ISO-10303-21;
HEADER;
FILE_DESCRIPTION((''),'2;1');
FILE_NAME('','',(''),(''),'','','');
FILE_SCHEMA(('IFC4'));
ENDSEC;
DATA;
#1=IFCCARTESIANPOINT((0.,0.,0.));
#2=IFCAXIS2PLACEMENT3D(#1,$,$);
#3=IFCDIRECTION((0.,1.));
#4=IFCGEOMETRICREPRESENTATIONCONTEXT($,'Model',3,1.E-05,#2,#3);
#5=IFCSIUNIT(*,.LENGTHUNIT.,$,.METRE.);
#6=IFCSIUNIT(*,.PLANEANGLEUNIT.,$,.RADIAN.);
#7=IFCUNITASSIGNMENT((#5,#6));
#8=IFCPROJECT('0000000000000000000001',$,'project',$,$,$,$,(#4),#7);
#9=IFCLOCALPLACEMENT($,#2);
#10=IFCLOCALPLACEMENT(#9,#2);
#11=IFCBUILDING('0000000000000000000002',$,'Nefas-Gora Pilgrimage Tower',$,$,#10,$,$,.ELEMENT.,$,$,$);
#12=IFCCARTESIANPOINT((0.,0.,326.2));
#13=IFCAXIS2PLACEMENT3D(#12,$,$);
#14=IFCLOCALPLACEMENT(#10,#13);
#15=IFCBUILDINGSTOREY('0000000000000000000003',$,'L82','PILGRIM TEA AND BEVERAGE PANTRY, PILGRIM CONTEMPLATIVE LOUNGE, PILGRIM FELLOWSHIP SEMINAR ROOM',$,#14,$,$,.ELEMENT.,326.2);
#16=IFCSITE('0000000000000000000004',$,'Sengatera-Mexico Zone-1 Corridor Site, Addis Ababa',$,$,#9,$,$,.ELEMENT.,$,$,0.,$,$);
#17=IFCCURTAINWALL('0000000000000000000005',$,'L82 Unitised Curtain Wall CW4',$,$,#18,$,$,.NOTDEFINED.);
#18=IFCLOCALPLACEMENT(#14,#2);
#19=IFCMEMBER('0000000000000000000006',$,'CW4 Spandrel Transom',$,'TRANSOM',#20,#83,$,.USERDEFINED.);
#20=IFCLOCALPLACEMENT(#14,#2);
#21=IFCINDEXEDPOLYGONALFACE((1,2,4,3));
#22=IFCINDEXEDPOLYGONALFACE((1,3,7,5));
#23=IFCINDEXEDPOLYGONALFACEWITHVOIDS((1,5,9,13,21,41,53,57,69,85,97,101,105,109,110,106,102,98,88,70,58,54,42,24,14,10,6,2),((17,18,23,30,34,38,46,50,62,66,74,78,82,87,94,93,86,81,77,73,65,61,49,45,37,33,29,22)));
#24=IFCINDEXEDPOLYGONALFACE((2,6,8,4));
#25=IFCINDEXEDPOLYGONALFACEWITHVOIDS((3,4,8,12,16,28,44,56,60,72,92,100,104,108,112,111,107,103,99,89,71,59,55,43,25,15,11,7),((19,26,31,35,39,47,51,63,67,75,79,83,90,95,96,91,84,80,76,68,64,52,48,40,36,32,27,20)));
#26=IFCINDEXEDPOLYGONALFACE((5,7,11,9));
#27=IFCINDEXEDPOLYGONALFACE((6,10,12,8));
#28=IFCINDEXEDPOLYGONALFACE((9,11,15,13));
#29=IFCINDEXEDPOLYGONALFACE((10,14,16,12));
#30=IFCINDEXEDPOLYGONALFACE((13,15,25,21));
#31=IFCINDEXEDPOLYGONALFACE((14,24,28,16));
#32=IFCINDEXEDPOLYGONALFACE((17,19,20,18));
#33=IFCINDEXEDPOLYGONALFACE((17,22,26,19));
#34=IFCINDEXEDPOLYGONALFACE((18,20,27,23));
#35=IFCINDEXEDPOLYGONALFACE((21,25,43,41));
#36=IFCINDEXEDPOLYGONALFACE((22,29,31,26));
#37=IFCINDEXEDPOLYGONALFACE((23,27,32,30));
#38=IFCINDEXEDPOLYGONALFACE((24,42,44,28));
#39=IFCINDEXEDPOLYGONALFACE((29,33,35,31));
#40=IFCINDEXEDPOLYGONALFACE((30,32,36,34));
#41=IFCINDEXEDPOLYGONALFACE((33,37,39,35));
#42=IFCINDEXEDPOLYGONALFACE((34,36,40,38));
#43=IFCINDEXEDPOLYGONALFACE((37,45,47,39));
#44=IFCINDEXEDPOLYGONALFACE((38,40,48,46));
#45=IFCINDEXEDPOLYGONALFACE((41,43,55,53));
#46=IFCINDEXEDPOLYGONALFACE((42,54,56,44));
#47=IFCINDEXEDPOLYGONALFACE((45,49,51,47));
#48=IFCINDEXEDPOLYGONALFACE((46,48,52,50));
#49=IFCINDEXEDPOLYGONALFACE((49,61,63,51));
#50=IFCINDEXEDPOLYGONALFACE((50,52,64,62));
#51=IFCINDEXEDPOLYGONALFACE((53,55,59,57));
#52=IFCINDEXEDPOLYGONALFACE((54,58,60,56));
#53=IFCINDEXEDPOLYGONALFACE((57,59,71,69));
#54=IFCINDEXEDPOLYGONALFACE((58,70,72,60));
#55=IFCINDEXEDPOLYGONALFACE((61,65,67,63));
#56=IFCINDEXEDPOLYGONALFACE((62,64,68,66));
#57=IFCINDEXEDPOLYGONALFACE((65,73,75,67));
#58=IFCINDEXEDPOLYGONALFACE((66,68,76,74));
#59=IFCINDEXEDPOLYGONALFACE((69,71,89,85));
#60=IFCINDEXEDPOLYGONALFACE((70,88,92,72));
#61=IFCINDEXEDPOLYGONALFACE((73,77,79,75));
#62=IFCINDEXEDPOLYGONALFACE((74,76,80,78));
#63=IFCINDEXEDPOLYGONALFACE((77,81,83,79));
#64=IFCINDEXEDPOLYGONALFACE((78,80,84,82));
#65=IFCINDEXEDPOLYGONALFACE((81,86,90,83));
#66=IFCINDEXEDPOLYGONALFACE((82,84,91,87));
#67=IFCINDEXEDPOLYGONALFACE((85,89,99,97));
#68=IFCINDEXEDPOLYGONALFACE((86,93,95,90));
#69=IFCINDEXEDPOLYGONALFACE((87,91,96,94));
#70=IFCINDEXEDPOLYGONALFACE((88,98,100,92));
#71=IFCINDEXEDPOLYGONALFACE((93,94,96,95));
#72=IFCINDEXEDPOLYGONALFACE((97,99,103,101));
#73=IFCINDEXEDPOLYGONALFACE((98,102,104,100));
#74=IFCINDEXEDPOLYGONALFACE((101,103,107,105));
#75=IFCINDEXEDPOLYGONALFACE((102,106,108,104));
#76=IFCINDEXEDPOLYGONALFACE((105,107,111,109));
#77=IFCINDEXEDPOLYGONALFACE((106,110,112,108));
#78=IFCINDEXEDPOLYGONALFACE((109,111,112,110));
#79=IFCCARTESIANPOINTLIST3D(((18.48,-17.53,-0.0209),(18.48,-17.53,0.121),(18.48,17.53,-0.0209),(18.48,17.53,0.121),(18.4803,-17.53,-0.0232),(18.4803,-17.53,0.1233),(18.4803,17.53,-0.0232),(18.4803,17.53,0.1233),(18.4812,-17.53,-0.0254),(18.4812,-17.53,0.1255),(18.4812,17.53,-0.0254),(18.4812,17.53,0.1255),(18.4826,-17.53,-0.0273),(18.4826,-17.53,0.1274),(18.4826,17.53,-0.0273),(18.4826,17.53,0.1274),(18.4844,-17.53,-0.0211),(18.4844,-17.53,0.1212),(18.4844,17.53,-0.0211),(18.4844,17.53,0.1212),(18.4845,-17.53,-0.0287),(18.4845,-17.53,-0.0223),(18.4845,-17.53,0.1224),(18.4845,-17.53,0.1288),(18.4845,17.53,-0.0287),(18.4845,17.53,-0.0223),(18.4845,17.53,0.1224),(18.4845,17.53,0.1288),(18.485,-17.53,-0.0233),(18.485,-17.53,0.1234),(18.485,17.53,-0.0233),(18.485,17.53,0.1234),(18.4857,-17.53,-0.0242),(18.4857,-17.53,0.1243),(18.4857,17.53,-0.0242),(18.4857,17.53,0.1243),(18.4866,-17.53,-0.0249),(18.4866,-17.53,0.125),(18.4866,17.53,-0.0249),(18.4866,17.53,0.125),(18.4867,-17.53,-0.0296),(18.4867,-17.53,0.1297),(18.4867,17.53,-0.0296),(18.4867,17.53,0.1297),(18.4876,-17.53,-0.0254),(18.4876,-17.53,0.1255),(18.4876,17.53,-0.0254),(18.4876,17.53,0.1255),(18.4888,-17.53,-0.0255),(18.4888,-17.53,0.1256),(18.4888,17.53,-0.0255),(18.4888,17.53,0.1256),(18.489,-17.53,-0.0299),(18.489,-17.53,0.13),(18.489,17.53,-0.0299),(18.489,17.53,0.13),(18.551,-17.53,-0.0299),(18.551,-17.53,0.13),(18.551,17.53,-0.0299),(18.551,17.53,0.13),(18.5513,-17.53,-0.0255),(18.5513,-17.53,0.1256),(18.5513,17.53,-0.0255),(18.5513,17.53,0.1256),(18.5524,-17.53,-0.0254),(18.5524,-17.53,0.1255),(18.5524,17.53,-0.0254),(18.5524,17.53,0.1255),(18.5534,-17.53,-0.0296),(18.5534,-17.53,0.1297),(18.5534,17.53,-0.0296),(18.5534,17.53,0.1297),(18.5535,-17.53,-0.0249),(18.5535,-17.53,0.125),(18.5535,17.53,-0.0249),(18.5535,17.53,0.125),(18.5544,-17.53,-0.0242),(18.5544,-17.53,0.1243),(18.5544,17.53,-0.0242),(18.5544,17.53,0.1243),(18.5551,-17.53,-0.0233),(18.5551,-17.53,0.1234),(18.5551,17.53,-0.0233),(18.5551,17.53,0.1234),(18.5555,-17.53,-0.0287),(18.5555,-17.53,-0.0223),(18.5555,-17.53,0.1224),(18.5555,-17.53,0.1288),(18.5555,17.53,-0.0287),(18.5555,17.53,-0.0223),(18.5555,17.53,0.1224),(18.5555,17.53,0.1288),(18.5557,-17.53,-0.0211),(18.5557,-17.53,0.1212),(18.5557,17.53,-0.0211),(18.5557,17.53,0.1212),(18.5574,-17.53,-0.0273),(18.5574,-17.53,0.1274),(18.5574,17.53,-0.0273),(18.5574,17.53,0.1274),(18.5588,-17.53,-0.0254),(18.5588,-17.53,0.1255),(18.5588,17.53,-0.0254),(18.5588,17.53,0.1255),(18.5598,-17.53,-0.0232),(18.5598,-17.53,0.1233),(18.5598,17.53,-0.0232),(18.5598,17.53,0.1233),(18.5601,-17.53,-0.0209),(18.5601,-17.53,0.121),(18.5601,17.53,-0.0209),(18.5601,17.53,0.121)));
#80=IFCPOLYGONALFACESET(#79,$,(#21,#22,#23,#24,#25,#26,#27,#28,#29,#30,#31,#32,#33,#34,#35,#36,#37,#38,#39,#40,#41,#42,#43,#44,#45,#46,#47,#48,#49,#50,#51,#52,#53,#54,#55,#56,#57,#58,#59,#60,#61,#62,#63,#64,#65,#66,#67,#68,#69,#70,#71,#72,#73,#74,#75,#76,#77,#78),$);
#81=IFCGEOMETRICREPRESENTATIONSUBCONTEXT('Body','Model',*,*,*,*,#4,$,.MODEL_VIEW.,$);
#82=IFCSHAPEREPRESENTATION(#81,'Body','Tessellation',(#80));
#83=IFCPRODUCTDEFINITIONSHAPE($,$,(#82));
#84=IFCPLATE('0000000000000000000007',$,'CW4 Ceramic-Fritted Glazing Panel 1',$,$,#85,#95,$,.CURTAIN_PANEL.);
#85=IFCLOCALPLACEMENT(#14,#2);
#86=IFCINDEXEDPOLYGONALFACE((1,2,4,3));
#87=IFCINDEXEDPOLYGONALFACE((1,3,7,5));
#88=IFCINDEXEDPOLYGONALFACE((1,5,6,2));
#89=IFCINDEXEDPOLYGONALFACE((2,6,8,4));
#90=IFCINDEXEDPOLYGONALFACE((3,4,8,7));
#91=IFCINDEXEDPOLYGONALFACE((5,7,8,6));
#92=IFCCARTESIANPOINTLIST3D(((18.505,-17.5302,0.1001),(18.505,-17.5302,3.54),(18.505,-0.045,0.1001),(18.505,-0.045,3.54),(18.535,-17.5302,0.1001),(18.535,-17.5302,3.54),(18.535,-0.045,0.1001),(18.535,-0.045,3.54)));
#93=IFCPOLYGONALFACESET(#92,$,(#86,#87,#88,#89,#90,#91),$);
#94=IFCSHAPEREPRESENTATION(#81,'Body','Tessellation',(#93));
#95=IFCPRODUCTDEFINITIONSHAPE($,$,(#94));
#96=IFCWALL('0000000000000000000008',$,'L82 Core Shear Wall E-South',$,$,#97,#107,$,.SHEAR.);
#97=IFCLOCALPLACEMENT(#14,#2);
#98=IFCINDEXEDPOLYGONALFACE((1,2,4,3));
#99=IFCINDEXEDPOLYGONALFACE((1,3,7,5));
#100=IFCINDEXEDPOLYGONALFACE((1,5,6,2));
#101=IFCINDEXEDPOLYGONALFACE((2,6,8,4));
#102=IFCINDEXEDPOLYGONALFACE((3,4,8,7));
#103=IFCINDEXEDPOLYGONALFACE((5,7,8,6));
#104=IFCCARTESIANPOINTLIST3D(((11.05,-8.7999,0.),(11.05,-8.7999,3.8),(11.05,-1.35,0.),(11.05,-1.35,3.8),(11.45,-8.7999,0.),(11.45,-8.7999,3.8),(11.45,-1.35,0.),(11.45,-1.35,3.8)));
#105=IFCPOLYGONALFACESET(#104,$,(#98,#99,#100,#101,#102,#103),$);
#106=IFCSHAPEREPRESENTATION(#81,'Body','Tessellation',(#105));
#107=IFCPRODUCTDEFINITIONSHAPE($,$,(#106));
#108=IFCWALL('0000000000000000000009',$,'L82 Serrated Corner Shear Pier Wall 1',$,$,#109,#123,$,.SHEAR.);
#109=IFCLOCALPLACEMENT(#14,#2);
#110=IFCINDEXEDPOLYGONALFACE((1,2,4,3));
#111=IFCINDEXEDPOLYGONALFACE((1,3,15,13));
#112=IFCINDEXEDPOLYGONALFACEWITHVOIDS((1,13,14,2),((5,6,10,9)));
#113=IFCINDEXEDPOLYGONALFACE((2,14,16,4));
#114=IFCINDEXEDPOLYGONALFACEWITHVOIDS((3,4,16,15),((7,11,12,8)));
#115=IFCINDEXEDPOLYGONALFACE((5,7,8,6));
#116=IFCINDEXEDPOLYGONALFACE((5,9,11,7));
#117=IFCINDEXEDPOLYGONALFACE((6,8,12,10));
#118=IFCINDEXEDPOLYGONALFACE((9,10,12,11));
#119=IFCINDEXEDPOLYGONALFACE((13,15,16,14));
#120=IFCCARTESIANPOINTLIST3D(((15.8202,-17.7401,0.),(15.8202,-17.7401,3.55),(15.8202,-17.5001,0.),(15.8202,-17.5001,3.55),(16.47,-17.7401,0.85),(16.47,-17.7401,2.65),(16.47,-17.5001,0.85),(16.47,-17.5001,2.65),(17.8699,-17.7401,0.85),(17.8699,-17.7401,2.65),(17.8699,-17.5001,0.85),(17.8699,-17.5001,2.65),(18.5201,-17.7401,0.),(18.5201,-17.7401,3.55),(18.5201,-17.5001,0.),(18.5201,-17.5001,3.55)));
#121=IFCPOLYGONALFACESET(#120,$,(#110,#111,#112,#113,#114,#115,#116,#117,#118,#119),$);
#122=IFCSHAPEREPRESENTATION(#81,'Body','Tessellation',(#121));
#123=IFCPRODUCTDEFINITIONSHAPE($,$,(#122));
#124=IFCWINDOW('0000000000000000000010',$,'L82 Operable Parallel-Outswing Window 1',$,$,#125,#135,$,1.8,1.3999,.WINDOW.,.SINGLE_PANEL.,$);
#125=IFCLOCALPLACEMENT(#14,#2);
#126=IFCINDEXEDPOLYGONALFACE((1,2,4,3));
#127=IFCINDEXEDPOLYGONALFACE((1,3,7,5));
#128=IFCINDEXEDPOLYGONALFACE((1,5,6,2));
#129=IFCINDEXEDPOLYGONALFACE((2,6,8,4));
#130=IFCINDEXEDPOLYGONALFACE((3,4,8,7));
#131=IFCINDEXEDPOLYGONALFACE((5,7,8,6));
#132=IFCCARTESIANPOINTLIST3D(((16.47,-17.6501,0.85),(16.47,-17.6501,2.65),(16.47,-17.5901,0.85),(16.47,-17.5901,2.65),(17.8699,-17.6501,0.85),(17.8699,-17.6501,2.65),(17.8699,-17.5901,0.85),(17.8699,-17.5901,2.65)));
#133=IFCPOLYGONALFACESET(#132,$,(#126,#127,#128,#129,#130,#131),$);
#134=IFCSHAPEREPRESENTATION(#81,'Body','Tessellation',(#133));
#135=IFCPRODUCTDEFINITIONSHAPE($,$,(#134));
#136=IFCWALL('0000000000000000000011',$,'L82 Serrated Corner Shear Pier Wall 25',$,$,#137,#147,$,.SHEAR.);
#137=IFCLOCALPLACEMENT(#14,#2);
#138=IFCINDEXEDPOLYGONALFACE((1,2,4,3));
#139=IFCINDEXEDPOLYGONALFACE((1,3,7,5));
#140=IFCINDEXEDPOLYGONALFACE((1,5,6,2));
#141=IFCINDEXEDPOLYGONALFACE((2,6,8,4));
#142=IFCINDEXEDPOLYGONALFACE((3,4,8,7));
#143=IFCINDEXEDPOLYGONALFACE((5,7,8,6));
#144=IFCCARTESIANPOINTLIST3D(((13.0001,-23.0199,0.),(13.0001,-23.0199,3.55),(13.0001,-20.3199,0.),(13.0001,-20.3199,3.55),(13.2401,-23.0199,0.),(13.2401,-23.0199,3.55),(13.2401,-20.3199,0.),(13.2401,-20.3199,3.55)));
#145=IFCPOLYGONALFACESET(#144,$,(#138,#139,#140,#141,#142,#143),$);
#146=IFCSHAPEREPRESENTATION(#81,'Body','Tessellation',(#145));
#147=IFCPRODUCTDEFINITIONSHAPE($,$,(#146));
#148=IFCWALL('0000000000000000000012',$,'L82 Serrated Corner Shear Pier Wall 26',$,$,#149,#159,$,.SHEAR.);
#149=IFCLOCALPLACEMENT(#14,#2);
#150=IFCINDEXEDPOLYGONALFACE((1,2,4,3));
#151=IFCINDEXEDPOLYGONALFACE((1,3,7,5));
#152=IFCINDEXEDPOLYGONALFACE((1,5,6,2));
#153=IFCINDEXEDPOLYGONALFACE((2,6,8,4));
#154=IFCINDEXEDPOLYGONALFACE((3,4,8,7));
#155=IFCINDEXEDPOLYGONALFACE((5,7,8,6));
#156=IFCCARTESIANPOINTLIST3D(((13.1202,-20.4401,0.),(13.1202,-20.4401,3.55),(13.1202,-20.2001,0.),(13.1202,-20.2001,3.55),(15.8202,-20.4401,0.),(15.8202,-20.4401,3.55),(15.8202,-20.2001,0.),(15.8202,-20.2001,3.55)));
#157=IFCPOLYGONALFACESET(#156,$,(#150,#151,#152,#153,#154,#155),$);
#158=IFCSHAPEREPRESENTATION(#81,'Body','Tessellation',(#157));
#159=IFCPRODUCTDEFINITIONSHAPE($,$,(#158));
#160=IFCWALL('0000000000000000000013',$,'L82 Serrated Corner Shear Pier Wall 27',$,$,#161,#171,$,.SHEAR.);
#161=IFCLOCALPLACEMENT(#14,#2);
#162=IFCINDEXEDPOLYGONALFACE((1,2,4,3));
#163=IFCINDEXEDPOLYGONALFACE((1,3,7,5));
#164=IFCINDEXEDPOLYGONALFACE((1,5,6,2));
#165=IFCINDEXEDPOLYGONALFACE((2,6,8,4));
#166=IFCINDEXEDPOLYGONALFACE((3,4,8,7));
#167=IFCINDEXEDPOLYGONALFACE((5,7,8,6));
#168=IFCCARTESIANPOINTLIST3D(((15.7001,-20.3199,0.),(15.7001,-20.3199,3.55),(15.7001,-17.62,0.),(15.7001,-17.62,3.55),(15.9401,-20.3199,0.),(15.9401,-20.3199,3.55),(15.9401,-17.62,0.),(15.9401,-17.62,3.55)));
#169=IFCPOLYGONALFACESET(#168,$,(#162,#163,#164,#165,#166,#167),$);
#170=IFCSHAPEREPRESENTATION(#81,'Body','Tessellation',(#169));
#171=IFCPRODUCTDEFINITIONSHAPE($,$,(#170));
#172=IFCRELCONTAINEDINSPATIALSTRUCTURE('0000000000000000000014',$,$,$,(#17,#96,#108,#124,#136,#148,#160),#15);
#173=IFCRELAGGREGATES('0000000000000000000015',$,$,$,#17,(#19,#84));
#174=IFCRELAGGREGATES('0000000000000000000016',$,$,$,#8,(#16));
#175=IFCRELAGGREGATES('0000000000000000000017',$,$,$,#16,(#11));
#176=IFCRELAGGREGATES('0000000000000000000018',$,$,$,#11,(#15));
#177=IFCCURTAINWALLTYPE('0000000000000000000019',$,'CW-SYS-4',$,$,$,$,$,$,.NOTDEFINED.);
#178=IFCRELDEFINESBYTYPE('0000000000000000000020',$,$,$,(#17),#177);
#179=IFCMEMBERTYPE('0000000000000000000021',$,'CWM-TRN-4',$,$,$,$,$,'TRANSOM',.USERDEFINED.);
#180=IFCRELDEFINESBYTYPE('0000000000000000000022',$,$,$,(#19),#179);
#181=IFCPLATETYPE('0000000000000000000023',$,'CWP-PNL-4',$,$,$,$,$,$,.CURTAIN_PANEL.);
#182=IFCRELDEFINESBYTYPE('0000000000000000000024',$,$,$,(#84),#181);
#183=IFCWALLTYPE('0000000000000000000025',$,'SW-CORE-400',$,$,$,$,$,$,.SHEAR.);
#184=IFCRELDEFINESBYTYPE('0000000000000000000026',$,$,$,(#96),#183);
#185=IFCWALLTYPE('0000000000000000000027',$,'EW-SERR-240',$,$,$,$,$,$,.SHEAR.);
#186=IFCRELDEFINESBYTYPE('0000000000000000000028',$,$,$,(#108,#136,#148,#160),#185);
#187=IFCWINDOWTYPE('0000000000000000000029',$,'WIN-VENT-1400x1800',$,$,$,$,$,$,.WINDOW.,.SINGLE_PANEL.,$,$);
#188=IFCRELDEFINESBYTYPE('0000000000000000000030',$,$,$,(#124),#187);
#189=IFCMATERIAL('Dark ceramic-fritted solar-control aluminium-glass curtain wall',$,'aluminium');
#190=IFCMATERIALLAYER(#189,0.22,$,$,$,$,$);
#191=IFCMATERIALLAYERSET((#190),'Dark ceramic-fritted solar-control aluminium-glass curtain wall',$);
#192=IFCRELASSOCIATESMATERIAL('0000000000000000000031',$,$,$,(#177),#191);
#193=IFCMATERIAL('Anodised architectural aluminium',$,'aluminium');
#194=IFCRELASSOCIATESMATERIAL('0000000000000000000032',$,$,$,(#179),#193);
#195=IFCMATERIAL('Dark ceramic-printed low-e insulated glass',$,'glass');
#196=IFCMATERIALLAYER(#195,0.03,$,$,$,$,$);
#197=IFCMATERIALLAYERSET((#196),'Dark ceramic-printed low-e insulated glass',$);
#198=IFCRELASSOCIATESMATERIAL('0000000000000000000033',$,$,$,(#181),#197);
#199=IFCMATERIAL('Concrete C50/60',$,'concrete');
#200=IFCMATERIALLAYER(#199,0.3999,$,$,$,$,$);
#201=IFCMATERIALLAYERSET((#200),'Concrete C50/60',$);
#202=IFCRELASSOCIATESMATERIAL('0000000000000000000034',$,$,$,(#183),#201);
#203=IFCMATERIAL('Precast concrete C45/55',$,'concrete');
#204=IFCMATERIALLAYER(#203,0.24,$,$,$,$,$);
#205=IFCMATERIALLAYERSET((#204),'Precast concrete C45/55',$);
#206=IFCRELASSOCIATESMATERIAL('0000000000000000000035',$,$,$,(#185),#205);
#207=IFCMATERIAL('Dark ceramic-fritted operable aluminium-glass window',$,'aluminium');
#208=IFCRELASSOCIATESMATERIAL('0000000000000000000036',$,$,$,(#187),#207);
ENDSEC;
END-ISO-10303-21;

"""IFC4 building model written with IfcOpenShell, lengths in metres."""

from ifc_helpers import new_model, si_unit, direction, frame, frame_2d, origin, origin_2d, place, context, subcontext, project, spatial, rectangle, hollow_rectangle, extrude, source, transform, mapped, material, layer, layer_set, material_profile, profile_set, type_object, element, fill, aggregate, save


model = new_model("IFC4")

# Units and contexts
model_context = context("Model", 3, precision=1e-05, world=origin(), true_north=direction((0.0, 1.0)))
body_context = subcontext(model_context, "Body", "Model", "MODEL_VIEW")
ifc_project = project(units=[si_unit("LENGTHUNIT", "METRE"), si_unit("PLANEANGLEUNIT", "RADIAN")], contexts=[model_context])

# Site, building, storey
site_placement = place(None, origin())
site = spatial("IfcSite", under=ifc_project, at=site_placement, Name="Sengatera-Mexico Zone-1 Corridor Site, Addis Ababa", CompositionType="ELEMENT", RefElevation=0.0)
building_placement = place(site_placement, origin())
building = spatial("IfcBuilding", under=site, at=building_placement, Name="Nefas-Gora Pilgrimage Tower", CompositionType="ELEMENT")
storey_placement = place(building_placement, frame((0.0, 0.0, 326.2)))
storey = spatial("IfcBuildingStorey", under=building, at=storey_placement, Name="L82", Description="PILGRIM TEA AND BEVERAGE PANTRY, PILGRIM CONTEMPLATIVE LOUNGE, PILGRIM FELLOWSHIP SEMINAR ROOM", CompositionType="ELEMENT", Elevation=326.2)

# Curtain wall
ifc_material_1 = material(Name="Dark ceramic-fritted solar-control aluminium-glass curtain wall", Category="aluminium")
ifc_layer_1 = layer(ifc_material_1, 0.22)
ifc_layer_set_1 = layer_set([ifc_layer_1], Name="Dark ceramic-fritted solar-control aluminium-glass curtain wall")
curtain_wall_type = type_object("IfcCurtainWallType", Name="CW-SYS-4", PredefinedType="NOTDEFINED", material=ifc_layer_set_1)
curtain_wall_1_placement = place(storey_placement, origin())
curtain_wall_1 = element("IfcCurtainWall", 1, at=curtain_wall_1_placement, inside=storey, type_object=curtain_wall_type, Name="L82 Unitised Curtain Wall CW4", PredefinedType="NOTDEFINED")
ifc_material_2 = material(Name="Anodised architectural aluminium", Category="aluminium")

# Member
ifc_material_profile_1 = material_profile(ifc_material_2, hollow_rectangle(XDim=0.0801, YDim=0.1599, WallThickness=0.0044, InnerFilletRadius=0.0044, OuterFilletRadius=0.009, at=origin_2d()), Name="ALU TRANSOM 80x160")
ifc_profile_set_1 = profile_set([ifc_material_profile_1], Name="Anodised architectural aluminium")
member_type_1 = type_object("IfcMemberType", Name="CWM-TRN-4", ElementType="TRANSOM", PredefinedType="USERDEFINED", material=ifc_profile_set_1)
shared_shape_1 = source(origin(), body_context, "Body", "SweptSolid", [
    extrude(hollow_rectangle(XDim=0.0801, YDim=0.1599, WallThickness=0.0044, InnerFilletRadius=0.0044, OuterFilletRadius=0.009, at=origin_2d()), origin(), (0.0, 0.0, 1.0), 35.0601),
])
member_1_placement = place(storey_placement, frame((18.52, -17.53, 0.05), z_axis=(0.0, 1.0, 0.0), x_axis=(-1.0, 0.0, 0.0)))
member_1 = element("IfcMember", 2, at=member_1_placement, type_object=member_type_1, Name="CW4 Spandrel Transom", ObjectType="TRANSOM", PredefinedType="USERDEFINED", context=body_context, shape_type="MappedRepresentation", body=[
    mapped(shared_shape_1, transform((0.0, 0.0, 0.0), x_axis=(1.0, 0.0, 0.0), y_axis=(0.0, 1.0, 0.0), z_axis=(0.0, 0.0, 1.0), scale=1.0)),
])

# Plate
ifc_material_3 = material(Name="Dark ceramic-printed low-e insulated glass", Category="glass")
ifc_layer_2 = layer(ifc_material_3, 0.03)
ifc_layer_set_2 = layer_set([ifc_layer_2], Name="Dark ceramic-printed low-e insulated glass")
plate_type = type_object("IfcPlateType", Name="CWP-PNL-4", PredefinedType="CURTAIN_PANEL", material=ifc_layer_set_2)
shared_shape_2 = source(origin(), body_context, "Body", "SweptSolid", [
    extrude(rectangle(XDim=17.4851, YDim=0.03, at=origin_2d()), origin(), (0.0, 0.0, 1.0), 3.4399),
])
plate_placement = place(storey_placement, frame((18.52, -8.7876, 0.1001), z_axis=(0.0, 0.0, 1.0), x_axis=(0.0, 1.0, 0.0)))
plate = element("IfcPlate", 3, at=plate_placement, type_object=plate_type, Name="CW4 Ceramic-Fritted Glazing Panel 1", PredefinedType="CURTAIN_PANEL", context=body_context, shape_type="MappedRepresentation", body=[
    mapped(shared_shape_2, transform((0.0, 0.0, 0.0), x_axis=(1.0, 0.0, 0.0), y_axis=(0.0, 1.0, 0.0), z_axis=(0.0, 0.0, 1.0), scale=1.0)),
])
aggregate(curtain_wall_1, [member_1, plate])

# Wall
ifc_material_4 = material(Name="Concrete C50/60", Category="concrete")
ifc_layer_3 = layer(ifc_material_4, 0.3999)
ifc_layer_set_3 = layer_set([ifc_layer_3], Name="Concrete C50/60")
wall_type_1 = type_object("IfcWallType", Name="SW-CORE-400", PredefinedType="SHEAR", material=ifc_layer_set_3)
shared_shape_3 = source(origin(), body_context, "Body", "SweptSolid", [
    extrude(rectangle(XDim=7.45, YDim=0.3999, at=frame_2d((3.7251, 0.0))), origin(), (0.0, 0.0, 1.0), 3.8),
])
wall_1_placement = place(storey_placement, frame((11.25, -8.8, 0.0), z_axis=(0.0, 0.0, 1.0), x_axis=(0.0, 1.0, 0.0)))
element("IfcWall", 4, at=wall_1_placement, inside=storey, type_object=wall_type_1, Name="L82 Core Shear Wall E-South", PredefinedType="SHEAR", context=body_context, shape_type="MappedRepresentation", body=[
    mapped(shared_shape_3, transform((0.0, 0.0, 0.0), x_axis=(1.0, 0.0, 0.0), y_axis=(0.0, 1.0, 0.0), z_axis=(0.0, 0.0, 1.0), scale=1.0)),
])

# Wall, opening, window
ifc_material_5 = material(Name="Precast concrete C45/55", Category="concrete")
ifc_layer_4 = layer(ifc_material_5, 0.24)
ifc_layer_set_4 = layer_set([ifc_layer_4], Name="Precast concrete C45/55")
wall_type_2 = type_object("IfcWallType", Name="EW-SERR-240", PredefinedType="SHEAR", material=ifc_layer_set_4)
shared_shape_4 = source(origin(), body_context, "Body", "SweptSolid", [
    extrude(rectangle(XDim=2.7, YDim=0.24, at=frame_2d((1.3501, 0.0))), origin(), (0.0, 0.0, 1.0), 3.55),
])
wall_2_placement = place(storey_placement, frame((15.8201, -17.6201, 0.0), z_axis=(0.0, 0.0, 1.0), x_axis=(1.0, 0.0, 0.0)))
wall_2 = element("IfcWall", 5, at=wall_2_placement, inside=storey, type_object=wall_type_2, Name="L82 Serrated Corner Shear Pier Wall 1", PredefinedType="SHEAR", context=body_context, shape_type="MappedRepresentation", body=[
    mapped(shared_shape_4, transform((0.0, 0.0, 0.0), x_axis=(1.0, 0.0, 0.0), y_axis=(0.0, 1.0, 0.0), z_axis=(0.0, 0.0, 1.0), scale=1.0)),
])
opening_1_placement = place(wall_2_placement, frame((0.6499, 0.0, 0.8501)))
opening_1 = element("IfcOpeningElement", 6, at=opening_1_placement, cuts=wall_2, PredefinedType="OPENING", context=body_context, shape_type="SweptSolid", body=[
    extrude(rectangle(XDim=1.3999, YDim=1.8, at=frame_2d((0.7, 0.8999))), frame((0.0, 0.1299, 0.0), z_axis=(0.0, -1.0, 0.0), x_axis=(1.0, 0.0, 0.0)), (0.0, 0.0, 1.0), 0.26),
])
ifc_material_6 = material(Name="Dark ceramic-fritted operable aluminium-glass window", Category="aluminium")
window_type = type_object("IfcWindowType", Name="WIN-VENT-1400x1800", PartitioningType="SINGLE_PANEL", PredefinedType="WINDOW", material=ifc_material_6)
shared_shape_5 = source(origin(), body_context, "Body", "SweptSolid", [
    extrude(rectangle(XDim=1.3999, YDim=1.8, at=frame_2d((0.7, 0.8999))), frame((0.0, 0.03, 0.0), z_axis=(0.0, -1.0, 0.0), x_axis=(1.0, 0.0, 0.0)), (0.0, 0.0, 1.0), 0.0601),
])
window_placement = place(opening_1_placement, origin())
window = element("IfcWindow", 7, at=window_placement, inside=storey, type_object=window_type, Name="L82 Operable Parallel-Outswing Window 1", OverallHeight=1.8, OverallWidth=1.3999, PartitioningType="SINGLE_PANEL", PredefinedType="WINDOW", context=body_context, shape_type="MappedRepresentation", body=[
    mapped(shared_shape_5, transform((0.0, 0.0, 0.0), x_axis=(1.0, 0.0, 0.0), y_axis=(0.0, 1.0, 0.0), z_axis=(0.0, 0.0, 1.0), scale=1.0)),
])
fill(opening_1, window)

# Walls
for number, where, z_axis, x_axis, name in (
    (8, (13.1201, -23.02, 0.0), (0.0, 0.0, 1.0), (0.0, 1.0, 0.0), "L82 Serrated Corner Shear Pier Wall 25"),
    (9, (13.1201, -20.3201, 0.0), (0.0, 0.0, 1.0), (1.0, 0.0, 0.0), "L82 Serrated Corner Shear Pier Wall 26"),
    (10, (15.8201, -20.3201, 0.0), (0.0, 0.0, 1.0), (0.0, 1.0, 0.0), "L82 Serrated Corner Shear Pier Wall 27"),
):
    element("IfcWall", number, at=place(storey_placement, frame(where, z_axis=z_axis, x_axis=x_axis)), inside=storey, type_object=wall_type_2, Name=name, PredefinedType="SHEAR", context=body_context, shape_type="MappedRepresentation", body=[
        mapped(shared_shape_4, transform((0.0, 0.0, 0.0), x_axis=(1.0, 0.0, 0.0), y_axis=(0.0, 1.0, 0.0), z_axis=(0.0, 0.0, 1.0), scale=1.0)),
    ])

save(model, "model.ifc")
